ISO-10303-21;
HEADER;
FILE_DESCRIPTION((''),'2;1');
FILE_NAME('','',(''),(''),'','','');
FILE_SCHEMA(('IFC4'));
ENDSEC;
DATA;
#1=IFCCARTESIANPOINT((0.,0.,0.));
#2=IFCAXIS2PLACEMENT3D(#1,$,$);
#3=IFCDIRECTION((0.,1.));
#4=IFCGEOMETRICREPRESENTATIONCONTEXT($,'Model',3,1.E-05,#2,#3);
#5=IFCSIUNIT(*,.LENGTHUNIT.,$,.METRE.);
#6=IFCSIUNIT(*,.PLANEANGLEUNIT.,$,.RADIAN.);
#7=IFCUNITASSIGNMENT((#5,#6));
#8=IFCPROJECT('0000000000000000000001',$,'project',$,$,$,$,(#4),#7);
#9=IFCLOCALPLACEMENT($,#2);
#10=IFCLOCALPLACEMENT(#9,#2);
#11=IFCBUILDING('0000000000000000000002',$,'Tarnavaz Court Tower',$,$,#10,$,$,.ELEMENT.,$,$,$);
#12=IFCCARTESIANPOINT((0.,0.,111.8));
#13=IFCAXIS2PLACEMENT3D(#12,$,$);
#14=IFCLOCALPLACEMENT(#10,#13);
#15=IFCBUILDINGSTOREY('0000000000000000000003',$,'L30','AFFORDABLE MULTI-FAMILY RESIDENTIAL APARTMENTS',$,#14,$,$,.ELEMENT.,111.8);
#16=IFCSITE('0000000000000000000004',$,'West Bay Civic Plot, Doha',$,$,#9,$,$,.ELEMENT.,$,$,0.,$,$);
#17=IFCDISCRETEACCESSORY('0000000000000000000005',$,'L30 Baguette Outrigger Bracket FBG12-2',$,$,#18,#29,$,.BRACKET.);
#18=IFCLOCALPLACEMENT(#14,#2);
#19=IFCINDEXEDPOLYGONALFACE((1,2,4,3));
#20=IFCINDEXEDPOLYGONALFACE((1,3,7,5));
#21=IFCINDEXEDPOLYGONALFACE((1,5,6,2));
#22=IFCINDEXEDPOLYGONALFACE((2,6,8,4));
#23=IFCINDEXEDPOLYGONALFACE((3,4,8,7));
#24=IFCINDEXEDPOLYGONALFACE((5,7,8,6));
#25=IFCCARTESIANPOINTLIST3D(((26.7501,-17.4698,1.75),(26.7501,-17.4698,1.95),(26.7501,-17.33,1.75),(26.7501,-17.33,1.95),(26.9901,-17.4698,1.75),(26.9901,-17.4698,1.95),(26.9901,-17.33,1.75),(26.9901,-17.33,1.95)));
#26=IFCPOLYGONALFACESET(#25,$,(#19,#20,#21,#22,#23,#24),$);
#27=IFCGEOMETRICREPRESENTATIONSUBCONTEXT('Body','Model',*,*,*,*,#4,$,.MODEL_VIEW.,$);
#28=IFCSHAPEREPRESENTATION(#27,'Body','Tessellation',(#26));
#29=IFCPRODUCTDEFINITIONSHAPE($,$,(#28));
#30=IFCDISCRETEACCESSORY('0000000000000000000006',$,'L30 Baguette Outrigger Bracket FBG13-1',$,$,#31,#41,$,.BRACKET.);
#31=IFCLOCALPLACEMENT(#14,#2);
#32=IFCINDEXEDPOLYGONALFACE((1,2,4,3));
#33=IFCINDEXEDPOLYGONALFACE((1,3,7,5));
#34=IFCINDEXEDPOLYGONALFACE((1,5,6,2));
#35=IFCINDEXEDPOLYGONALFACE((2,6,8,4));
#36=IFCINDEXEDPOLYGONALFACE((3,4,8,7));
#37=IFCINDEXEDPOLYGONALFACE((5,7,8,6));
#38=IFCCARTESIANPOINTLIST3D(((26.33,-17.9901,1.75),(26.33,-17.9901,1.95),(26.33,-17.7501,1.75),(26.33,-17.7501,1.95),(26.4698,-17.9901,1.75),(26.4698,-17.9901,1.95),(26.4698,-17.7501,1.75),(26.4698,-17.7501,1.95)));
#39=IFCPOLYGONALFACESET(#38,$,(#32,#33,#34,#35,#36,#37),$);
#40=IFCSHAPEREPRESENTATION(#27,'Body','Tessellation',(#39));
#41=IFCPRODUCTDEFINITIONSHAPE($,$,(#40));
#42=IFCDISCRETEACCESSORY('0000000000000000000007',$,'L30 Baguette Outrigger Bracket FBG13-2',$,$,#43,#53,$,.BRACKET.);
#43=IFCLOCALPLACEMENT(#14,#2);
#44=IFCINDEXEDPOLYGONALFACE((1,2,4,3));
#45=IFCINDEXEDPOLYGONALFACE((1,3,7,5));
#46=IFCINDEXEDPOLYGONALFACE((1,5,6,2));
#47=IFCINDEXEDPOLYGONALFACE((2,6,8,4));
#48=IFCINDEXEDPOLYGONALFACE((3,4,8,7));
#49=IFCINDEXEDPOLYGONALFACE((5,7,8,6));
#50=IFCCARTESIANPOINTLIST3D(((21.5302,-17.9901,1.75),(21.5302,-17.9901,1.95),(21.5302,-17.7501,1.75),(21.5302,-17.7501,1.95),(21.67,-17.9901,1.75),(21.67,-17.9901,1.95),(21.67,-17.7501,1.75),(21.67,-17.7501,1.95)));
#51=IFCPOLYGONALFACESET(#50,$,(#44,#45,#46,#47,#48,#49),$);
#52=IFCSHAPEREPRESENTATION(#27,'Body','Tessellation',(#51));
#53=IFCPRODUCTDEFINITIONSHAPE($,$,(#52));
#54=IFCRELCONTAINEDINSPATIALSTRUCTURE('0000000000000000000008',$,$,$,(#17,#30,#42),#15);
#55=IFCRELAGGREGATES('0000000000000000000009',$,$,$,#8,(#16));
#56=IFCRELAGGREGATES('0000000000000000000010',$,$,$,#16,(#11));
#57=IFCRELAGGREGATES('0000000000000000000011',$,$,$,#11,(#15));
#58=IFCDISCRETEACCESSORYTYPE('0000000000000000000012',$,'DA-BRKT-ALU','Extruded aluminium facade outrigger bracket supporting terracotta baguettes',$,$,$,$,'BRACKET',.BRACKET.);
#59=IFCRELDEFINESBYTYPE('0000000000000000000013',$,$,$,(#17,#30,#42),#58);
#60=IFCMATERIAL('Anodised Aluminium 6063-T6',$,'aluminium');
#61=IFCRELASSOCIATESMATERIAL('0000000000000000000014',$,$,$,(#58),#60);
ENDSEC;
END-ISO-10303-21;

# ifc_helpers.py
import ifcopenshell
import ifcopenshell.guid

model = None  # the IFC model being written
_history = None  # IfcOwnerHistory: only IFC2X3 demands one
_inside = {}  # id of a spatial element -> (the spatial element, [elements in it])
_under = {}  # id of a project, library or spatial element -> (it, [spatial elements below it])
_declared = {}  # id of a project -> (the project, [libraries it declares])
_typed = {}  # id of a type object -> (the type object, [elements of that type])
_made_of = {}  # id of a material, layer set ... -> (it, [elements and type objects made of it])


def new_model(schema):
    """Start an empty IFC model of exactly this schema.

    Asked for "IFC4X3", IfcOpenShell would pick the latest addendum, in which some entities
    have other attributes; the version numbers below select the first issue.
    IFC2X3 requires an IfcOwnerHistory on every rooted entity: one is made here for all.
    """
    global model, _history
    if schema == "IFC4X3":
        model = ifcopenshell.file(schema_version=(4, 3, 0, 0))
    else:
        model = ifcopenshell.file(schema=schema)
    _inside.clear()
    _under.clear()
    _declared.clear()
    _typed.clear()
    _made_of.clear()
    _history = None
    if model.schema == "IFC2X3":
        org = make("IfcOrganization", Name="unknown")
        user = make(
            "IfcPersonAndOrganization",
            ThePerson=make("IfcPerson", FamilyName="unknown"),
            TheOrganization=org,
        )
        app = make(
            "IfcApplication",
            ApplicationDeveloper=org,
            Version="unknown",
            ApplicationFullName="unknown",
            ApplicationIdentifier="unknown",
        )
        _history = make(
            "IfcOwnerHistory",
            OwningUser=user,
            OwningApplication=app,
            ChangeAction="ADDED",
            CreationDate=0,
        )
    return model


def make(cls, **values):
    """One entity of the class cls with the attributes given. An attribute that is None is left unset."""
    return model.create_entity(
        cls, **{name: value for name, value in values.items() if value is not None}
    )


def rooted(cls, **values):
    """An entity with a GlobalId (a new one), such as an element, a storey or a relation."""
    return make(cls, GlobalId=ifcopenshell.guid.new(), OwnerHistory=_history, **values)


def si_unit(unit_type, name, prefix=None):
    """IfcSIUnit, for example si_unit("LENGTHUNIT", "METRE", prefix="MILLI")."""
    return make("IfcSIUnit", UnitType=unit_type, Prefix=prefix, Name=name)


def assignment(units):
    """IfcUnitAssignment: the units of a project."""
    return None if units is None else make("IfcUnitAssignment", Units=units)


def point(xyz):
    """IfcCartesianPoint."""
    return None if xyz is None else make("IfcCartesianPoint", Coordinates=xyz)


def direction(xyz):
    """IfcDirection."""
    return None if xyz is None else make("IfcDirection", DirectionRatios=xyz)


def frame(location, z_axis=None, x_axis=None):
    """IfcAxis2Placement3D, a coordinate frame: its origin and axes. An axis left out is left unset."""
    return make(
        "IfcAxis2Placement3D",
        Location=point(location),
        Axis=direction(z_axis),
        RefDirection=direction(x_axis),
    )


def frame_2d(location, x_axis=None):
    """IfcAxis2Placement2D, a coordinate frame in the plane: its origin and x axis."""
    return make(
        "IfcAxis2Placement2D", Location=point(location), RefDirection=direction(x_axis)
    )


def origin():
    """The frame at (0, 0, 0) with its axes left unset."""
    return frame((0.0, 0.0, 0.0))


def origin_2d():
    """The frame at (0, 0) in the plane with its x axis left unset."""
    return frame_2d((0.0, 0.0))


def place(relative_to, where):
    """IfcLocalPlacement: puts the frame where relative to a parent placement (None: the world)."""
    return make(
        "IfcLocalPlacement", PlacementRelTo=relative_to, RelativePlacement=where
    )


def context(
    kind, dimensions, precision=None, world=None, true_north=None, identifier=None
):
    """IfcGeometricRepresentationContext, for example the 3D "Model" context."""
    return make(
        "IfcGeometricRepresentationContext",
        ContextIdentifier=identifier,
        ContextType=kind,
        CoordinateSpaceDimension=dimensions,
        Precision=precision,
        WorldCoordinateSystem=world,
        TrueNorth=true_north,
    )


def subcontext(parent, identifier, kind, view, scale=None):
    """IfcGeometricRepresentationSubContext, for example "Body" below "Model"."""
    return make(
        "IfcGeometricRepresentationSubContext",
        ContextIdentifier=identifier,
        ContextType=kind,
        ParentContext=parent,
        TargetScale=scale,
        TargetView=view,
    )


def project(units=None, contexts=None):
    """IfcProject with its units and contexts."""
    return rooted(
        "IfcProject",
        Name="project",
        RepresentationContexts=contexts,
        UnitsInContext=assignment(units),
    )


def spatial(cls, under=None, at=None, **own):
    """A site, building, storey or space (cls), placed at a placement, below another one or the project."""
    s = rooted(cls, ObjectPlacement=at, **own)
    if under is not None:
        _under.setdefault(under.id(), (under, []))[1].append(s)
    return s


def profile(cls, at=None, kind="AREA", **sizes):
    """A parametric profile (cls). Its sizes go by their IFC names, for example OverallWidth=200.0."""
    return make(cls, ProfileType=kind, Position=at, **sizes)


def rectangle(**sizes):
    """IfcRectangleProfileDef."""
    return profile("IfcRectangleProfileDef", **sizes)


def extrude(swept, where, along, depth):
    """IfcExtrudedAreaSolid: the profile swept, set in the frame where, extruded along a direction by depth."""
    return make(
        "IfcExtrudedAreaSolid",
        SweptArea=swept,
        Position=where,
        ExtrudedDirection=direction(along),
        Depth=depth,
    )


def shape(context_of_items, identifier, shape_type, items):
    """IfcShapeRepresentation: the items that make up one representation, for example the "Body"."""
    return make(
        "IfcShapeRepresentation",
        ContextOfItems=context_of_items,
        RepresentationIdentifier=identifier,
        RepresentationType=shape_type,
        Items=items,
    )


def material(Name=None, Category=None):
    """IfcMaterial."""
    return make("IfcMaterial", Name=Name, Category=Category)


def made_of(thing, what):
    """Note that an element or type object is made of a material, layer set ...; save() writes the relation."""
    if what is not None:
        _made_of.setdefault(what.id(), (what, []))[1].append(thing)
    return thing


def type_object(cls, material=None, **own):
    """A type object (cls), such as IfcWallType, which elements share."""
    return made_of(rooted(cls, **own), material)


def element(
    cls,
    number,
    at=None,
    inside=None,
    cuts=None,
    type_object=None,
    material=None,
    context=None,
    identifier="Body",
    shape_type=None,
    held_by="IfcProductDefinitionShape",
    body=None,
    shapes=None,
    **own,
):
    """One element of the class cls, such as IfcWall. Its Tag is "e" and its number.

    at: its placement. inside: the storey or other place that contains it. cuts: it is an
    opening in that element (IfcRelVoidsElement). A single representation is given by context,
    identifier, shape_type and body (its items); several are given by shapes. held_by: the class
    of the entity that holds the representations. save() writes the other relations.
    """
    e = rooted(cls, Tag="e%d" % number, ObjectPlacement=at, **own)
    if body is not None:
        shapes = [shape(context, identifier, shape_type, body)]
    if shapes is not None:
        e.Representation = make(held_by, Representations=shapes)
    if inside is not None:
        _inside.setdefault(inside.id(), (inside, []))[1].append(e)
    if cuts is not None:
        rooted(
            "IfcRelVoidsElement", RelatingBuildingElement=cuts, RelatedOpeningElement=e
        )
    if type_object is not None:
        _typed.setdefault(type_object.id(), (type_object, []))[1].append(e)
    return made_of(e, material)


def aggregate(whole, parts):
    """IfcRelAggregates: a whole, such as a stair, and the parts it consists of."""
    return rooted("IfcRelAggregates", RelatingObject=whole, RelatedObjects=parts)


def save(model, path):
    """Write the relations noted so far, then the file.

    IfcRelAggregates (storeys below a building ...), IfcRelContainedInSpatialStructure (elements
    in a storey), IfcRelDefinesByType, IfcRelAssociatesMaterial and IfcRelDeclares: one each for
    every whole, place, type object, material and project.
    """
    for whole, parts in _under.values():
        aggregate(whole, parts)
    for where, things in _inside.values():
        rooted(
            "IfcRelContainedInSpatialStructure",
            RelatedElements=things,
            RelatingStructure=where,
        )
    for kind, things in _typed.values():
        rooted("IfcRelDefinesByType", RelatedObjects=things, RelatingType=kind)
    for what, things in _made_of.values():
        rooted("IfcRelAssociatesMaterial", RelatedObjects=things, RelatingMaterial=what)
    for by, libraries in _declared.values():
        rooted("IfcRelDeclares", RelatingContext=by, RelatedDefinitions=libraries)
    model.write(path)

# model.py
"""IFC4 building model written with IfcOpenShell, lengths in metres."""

from ifc_helpers import new_model, si_unit, direction, frame, origin, origin_2d, place, context, subcontext, project, spatial, rectangle, extrude, material, type_object, element, save


model = new_model("IFC4")

# Units and contexts
model_context = context("Model", 3, precision=1e-05, world=origin(), true_north=direction((0.0, 1.0)))
body_context = subcontext(model_context, "Body", "Model", "MODEL_VIEW")
ifc_project = project(units=[si_unit("LENGTHUNIT", "METRE"), si_unit("PLANEANGLEUNIT", "RADIAN")], contexts=[model_context])

# Site, building, storey
site_placement = place(None, origin())
site = spatial("IfcSite", under=ifc_project, at=site_placement, Name="West Bay Civic Plot, Doha", CompositionType="ELEMENT", RefElevation=0.0)
building_placement = place(site_placement, origin())
building = spatial("IfcBuilding", under=site, at=building_placement, Name="Tarnavaz Court Tower", CompositionType="ELEMENT")
storey_placement = place(building_placement, frame((0.0, 0.0, 111.8)))
storey = spatial("IfcBuildingStorey", under=building, at=storey_placement, Name="L30", Description="AFFORDABLE MULTI-FAMILY RESIDENTIAL APARTMENTS", CompositionType="ELEMENT", Elevation=111.8)

# Discrete accessories
ifc_material_1 = material(Name="Anodised Aluminium 6063-T6", Category="aluminium")
discrete_accessory_type = type_object("IfcDiscreteAccessoryType", Name="DA-BRKT-ALU", Description="Extruded aluminium facade outrigger bracket supporting terracotta baguettes", ElementType="BRACKET", PredefinedType="BRACKET", material=ifc_material_1)
for number, where, z_axis, x_axis, name in (
    (1, (26.8701, -17.3999, 1.75), (0.0, 0.0, 1.0), (0.0, -1.0, 0.0), "L30 Baguette Outrigger Bracket FBG12-2"),
    (2, (26.3999, -17.8701, 1.75), (0.0, 0.0, 1.0), (-1.0, 0.0, 0.0), "L30 Baguette Outrigger Bracket FBG13-1"),
    (3, (21.6001, -17.8701, 1.75), (0.0, 0.0, 1.0), (-1.0, 0.0, 0.0), "L30 Baguette Outrigger Bracket FBG13-2"),
):
    element("IfcDiscreteAccessory", number, at=place(storey_placement, frame(where, z_axis=z_axis, x_axis=x_axis)), inside=storey, type_object=discrete_accessory_type, Name=name, PredefinedType="BRACKET", context=body_context, shape_type="SweptSolid", body=[
        extrude(rectangle(XDim=0.1399, YDim=0.24, at=origin_2d()), origin(), (0.0, 0.0, 1.0), 0.2),
    ])

save(model, "model.ifc")
